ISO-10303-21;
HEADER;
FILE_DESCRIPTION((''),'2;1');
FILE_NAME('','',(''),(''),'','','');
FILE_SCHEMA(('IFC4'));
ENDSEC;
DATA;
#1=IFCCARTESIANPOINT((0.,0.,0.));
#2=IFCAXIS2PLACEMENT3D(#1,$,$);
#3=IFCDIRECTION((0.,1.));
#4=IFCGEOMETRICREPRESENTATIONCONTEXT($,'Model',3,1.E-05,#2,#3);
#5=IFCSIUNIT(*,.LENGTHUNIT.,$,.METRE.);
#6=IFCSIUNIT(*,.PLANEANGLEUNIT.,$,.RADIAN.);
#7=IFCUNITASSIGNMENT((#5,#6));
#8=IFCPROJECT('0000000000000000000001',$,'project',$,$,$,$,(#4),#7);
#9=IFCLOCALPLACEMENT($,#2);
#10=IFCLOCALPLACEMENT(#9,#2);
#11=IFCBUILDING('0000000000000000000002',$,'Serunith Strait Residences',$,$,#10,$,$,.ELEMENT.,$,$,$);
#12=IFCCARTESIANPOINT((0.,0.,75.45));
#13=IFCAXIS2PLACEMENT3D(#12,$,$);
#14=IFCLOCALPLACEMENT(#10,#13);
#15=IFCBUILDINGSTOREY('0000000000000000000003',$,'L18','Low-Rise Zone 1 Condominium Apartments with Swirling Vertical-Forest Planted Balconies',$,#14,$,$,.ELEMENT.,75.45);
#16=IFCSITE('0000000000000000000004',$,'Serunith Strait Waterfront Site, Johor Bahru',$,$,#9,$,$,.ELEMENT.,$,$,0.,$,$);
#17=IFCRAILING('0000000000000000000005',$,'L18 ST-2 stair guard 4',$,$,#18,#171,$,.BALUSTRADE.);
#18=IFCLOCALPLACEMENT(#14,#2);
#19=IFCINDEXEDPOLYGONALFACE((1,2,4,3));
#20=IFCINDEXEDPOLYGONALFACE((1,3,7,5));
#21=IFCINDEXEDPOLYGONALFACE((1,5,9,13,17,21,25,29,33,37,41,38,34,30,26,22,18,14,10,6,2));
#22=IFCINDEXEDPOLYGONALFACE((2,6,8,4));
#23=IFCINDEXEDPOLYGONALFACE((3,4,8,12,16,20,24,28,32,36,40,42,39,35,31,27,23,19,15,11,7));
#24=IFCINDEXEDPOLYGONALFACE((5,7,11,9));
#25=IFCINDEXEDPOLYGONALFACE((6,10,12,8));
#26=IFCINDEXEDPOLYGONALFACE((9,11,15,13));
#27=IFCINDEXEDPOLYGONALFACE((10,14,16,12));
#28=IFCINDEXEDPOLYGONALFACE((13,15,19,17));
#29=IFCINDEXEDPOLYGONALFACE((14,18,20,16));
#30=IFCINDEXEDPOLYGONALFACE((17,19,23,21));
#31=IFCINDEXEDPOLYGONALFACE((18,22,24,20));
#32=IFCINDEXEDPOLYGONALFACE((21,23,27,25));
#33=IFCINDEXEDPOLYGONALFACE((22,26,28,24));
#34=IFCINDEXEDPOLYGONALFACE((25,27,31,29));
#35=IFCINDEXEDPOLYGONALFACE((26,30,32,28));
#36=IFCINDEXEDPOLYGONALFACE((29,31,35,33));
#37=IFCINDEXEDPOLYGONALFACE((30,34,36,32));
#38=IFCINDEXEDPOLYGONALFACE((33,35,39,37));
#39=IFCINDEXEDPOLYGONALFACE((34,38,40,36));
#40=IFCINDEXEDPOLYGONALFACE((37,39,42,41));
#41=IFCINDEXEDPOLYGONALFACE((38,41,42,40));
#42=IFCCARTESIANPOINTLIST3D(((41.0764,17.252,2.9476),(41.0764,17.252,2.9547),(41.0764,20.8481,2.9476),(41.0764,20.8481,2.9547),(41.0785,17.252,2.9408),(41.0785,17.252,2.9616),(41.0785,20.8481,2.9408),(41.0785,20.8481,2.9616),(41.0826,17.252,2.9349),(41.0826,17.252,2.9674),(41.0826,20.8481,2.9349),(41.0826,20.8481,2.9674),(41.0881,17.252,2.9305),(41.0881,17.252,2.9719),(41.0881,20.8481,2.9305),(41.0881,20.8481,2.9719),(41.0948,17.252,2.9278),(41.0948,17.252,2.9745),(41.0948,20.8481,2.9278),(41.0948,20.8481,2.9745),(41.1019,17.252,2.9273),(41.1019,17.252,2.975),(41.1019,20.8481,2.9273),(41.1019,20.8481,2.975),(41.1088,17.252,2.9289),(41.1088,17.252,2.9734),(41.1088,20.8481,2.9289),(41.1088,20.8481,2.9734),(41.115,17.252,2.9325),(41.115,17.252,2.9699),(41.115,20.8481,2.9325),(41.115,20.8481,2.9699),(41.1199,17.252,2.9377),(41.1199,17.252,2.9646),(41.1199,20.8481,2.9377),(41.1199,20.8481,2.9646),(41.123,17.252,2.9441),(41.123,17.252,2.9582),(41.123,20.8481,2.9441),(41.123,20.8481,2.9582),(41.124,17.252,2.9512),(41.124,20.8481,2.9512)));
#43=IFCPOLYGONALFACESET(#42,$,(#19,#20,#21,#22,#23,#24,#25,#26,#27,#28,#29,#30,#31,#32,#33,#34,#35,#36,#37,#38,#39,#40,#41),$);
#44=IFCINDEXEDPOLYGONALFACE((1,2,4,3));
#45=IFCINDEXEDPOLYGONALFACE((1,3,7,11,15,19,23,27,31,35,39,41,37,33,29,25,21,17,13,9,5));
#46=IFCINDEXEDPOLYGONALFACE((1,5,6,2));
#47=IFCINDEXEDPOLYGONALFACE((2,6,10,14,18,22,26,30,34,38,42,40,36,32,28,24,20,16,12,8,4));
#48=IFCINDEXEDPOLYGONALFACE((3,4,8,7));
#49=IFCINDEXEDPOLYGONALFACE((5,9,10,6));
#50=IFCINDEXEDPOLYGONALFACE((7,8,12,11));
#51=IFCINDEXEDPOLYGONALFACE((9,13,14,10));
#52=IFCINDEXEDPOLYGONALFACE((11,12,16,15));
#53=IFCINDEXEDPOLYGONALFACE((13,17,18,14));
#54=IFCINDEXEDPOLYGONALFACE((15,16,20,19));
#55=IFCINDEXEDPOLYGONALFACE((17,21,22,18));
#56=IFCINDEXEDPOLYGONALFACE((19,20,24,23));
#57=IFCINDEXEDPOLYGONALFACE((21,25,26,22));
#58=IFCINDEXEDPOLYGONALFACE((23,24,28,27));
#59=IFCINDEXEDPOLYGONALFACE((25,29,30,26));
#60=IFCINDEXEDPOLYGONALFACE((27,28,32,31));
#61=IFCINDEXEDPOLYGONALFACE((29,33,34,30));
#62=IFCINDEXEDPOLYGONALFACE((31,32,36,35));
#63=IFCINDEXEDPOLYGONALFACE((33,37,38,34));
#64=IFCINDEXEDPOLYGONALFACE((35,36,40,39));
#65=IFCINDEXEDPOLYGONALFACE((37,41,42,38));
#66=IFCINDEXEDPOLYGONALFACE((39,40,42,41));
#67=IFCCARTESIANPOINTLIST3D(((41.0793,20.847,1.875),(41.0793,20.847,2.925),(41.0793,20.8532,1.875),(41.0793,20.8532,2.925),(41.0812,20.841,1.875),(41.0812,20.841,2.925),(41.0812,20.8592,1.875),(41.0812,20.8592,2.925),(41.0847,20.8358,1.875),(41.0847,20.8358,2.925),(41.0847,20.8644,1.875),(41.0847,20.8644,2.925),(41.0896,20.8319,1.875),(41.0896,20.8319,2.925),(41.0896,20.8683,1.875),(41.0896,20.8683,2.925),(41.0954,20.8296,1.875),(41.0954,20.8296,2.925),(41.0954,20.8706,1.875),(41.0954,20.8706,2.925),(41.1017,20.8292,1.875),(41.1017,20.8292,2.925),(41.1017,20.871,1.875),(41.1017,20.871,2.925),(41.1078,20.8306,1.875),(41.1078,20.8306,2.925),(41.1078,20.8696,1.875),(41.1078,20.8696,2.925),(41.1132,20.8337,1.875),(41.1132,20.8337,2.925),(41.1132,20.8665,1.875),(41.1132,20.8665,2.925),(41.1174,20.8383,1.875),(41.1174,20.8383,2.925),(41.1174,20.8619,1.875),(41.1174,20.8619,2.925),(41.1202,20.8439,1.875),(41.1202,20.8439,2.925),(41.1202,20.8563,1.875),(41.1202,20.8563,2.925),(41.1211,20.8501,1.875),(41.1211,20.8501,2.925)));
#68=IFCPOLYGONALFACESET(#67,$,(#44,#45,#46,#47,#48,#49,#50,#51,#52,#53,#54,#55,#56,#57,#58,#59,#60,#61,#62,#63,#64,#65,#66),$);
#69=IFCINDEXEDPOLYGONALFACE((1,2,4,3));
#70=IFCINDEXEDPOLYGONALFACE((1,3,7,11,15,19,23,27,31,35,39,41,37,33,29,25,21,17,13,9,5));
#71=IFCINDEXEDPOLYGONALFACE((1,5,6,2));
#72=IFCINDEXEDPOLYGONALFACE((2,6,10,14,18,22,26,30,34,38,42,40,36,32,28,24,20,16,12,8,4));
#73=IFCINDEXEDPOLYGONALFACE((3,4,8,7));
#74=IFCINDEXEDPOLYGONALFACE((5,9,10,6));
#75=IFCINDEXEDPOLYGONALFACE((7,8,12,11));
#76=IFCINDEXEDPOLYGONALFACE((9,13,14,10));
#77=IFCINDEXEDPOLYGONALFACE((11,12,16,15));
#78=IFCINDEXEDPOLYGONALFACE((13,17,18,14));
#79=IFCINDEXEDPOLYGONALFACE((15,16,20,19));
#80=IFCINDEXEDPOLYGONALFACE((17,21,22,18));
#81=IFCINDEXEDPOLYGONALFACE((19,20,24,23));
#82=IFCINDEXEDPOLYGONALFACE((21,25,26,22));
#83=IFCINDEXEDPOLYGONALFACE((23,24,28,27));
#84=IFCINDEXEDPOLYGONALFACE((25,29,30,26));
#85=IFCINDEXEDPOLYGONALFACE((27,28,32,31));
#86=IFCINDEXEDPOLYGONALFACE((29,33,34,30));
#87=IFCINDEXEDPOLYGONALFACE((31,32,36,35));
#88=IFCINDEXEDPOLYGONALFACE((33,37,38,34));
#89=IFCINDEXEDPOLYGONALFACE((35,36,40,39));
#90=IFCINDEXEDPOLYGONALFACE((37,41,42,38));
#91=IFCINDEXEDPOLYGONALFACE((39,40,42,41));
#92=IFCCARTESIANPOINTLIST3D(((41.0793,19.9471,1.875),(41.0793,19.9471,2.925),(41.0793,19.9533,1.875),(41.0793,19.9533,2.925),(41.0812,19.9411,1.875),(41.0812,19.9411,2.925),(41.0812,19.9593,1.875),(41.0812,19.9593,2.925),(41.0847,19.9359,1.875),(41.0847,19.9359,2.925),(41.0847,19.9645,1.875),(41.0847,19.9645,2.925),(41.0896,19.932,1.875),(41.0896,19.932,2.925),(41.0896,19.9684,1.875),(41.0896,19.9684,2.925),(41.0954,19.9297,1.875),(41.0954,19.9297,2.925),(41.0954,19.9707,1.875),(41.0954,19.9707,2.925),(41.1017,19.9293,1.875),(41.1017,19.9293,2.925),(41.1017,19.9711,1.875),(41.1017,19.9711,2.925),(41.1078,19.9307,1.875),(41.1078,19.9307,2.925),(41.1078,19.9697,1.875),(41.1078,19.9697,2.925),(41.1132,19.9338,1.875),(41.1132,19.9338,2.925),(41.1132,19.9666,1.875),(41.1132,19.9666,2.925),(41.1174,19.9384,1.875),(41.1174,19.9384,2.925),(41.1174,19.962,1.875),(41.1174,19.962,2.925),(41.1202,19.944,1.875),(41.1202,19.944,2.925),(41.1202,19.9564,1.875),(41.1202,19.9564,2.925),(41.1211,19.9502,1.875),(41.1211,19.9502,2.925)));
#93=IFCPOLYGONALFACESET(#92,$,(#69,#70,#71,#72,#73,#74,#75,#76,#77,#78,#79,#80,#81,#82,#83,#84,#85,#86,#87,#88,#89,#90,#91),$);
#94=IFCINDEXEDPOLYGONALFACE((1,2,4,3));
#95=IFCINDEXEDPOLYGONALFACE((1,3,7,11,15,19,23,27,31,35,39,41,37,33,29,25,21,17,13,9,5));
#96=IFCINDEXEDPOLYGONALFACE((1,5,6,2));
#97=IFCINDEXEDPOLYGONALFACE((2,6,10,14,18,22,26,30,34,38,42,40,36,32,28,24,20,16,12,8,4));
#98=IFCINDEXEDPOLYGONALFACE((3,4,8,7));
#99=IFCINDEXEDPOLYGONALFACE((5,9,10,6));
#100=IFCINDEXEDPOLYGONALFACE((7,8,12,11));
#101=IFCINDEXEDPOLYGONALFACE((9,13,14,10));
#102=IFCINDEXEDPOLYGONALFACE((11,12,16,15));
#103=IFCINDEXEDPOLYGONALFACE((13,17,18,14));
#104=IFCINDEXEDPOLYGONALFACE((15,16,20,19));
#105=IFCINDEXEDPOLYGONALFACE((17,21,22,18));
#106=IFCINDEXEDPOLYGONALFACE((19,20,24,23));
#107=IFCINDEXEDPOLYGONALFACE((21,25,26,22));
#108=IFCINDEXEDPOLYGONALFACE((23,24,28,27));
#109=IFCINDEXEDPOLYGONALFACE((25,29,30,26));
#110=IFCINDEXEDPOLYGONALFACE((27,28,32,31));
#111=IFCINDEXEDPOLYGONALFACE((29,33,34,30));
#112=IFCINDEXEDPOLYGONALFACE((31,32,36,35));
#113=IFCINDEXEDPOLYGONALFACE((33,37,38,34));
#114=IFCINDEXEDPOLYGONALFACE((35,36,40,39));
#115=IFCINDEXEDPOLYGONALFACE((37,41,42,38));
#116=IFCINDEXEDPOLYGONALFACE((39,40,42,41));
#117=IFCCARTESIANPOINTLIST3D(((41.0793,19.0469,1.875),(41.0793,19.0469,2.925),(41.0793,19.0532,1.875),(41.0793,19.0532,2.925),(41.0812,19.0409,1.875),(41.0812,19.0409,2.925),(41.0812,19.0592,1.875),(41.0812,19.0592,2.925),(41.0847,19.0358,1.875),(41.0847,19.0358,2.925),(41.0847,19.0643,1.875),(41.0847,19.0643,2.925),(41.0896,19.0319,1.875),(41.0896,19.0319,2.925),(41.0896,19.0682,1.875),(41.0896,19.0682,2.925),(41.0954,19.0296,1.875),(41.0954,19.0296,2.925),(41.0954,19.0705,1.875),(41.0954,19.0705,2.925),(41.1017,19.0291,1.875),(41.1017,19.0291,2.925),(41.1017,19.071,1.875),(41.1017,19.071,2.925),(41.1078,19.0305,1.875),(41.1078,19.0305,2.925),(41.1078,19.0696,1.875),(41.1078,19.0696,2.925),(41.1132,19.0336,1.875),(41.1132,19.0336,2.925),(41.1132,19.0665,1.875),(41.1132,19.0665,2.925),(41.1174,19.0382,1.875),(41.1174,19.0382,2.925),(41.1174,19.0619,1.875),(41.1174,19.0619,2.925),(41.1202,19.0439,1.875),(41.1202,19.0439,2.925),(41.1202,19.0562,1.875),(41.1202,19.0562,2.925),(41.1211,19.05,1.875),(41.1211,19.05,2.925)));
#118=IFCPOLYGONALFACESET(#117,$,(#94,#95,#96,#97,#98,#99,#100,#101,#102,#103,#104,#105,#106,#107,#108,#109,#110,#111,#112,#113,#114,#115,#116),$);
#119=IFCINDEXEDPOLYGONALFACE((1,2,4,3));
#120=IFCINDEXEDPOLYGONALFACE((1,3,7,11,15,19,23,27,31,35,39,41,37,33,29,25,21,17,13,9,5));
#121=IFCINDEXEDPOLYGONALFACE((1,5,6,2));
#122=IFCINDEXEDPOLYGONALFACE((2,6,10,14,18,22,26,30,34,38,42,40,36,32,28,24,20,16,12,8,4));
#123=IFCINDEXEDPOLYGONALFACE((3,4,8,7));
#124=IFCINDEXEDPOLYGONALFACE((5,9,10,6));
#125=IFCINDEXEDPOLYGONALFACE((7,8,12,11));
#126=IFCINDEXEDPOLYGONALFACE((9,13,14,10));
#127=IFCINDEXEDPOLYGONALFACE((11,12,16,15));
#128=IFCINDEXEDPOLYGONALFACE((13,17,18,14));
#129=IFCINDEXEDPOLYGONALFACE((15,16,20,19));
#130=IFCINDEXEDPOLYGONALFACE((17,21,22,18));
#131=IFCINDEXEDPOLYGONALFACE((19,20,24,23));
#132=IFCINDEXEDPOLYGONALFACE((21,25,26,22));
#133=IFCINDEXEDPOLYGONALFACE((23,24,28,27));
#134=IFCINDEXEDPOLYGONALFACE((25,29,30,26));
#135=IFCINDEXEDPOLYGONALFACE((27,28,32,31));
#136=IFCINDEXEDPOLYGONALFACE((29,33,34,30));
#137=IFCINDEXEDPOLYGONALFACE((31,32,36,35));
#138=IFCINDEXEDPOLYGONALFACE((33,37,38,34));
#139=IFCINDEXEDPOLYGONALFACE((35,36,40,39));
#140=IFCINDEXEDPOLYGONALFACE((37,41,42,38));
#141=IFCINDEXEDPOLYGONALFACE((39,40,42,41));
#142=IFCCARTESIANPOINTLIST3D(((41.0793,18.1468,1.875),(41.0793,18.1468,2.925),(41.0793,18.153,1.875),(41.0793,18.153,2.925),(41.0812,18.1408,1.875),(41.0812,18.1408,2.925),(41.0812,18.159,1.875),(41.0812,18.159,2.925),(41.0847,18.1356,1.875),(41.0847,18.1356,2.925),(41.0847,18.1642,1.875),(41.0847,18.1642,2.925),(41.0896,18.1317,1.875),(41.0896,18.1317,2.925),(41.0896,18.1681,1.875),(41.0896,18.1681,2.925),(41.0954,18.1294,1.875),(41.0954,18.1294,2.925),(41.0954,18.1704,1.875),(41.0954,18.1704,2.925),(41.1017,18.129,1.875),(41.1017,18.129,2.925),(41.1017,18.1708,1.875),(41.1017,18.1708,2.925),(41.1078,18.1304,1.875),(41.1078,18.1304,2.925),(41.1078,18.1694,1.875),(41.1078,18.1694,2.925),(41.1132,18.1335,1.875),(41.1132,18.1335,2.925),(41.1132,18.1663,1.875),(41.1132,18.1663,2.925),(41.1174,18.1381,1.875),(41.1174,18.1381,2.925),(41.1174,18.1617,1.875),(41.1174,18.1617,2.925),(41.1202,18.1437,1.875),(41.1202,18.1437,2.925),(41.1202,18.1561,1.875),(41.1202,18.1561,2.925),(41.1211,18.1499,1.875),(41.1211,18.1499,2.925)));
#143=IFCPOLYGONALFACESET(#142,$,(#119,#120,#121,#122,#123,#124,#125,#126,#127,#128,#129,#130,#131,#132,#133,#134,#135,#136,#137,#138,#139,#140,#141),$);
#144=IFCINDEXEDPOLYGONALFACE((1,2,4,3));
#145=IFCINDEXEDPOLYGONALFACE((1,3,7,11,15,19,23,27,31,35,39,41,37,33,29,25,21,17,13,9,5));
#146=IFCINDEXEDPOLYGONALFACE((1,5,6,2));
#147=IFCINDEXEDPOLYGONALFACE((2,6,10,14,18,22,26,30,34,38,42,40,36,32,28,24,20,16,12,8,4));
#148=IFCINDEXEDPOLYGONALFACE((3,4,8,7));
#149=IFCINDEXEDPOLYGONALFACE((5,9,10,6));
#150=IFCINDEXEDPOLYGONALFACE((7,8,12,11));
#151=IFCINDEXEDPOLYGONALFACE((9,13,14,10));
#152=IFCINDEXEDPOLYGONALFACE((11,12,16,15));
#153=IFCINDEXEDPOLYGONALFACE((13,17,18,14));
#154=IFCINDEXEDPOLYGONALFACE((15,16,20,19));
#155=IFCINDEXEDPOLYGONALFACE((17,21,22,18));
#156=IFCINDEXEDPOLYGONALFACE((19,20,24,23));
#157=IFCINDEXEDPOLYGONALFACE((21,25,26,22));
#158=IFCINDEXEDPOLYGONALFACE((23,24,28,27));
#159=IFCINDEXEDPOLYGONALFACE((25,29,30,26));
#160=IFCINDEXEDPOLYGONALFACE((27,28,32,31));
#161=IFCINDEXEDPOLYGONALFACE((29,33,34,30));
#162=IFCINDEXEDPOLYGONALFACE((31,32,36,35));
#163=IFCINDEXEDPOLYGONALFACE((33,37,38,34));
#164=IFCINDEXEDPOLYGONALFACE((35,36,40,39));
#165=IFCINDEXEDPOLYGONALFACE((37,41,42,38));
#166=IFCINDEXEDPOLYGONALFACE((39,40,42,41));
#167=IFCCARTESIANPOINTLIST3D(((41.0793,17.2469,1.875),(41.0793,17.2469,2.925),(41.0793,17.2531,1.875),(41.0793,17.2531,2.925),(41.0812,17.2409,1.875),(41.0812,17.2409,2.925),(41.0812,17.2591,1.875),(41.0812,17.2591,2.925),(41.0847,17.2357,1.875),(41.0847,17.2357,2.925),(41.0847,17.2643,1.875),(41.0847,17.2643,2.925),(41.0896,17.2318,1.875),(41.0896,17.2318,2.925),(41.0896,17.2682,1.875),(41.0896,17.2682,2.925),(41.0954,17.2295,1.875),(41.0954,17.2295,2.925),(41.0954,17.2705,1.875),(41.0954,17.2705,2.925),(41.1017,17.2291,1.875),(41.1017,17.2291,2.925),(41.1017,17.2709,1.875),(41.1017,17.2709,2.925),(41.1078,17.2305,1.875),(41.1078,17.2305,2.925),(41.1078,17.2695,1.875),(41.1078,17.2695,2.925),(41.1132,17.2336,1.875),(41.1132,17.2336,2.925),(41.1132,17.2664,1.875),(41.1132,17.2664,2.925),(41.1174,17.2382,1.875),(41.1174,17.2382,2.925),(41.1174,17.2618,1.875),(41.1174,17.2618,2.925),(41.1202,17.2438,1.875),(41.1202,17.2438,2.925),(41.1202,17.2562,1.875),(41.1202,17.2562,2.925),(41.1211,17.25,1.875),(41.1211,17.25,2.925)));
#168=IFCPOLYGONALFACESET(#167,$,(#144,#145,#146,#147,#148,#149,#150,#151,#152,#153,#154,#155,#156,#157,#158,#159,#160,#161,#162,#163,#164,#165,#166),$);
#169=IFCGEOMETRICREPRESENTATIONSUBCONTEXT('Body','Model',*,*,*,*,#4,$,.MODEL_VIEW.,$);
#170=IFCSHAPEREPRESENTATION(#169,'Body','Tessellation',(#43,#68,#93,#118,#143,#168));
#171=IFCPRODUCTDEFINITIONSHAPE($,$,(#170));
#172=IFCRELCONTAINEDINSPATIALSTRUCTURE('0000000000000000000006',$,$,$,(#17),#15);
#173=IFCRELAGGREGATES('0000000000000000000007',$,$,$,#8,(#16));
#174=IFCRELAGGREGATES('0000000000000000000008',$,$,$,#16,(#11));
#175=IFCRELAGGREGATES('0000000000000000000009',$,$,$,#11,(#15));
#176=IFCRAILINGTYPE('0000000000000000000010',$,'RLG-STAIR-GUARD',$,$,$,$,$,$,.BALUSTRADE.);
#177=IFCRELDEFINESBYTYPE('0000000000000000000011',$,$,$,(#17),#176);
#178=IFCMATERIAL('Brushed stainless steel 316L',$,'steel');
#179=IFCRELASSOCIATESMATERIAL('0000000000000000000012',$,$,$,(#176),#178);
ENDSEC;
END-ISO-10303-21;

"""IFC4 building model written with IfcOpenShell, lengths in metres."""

from ifc_helpers import new_model, si_unit, direction, frame, origin, origin_2d, place, context, subcontext, project, spatial, circle, extrude, material, type_object, element, save


model = new_model("IFC4")

# Units and contexts
model_context = context("Model", 3, precision=1e-05, world=origin(), true_north=direction((0.0, 1.0)))
body_context = subcontext(model_context, "Body", "Model", "MODEL_VIEW")
ifc_project = project(units=[si_unit("LENGTHUNIT", "METRE"), si_unit("PLANEANGLEUNIT", "RADIAN")], contexts=[model_context])

# Site, building, storey
site_placement = place(None, origin())
site = spatial("IfcSite", under=ifc_project, at=site_placement, Name="Serunith Strait Waterfront Site, Johor Bahru", CompositionType="ELEMENT", RefElevation=0.0)
building_placement = place(site_placement, origin())
building = spatial("IfcBuilding", under=site, at=building_placement, Name="Serunith Strait Residences", CompositionType="ELEMENT")
storey_placement = place(building_placement, frame((0.0, 0.0, 75.45)))
storey = spatial("IfcBuildingStorey", under=building, at=storey_placement, Name="L18", Description="Low-Rise Zone 1 Condominium Apartments with Swirling Vertical-Forest Planted Balconies", CompositionType="ELEMENT", Elevation=75.45)

# Railing
ifc_material_1 = material(Name="Brushed stainless steel 316L", Category="steel")
railing_type_1 = type_object("IfcRailingType", Name="RLG-STAIR-GUARD", PredefinedType="BALUSTRADE", material=ifc_material_1)
for number, where, name in (
    (1, (41.1001, 20.8501, 1.875), "L18 ST-2 stair guard 4"),
):
    element("IfcRailing", number, at=place(storey_placement, frame(where)), inside=storey, type_object=railing_type_1, Name=name, PredefinedType="BALUSTRADE", context=body_context, shape_type="SweptSolid", body=[
        extrude(circle(Radius=0.0239, at=origin_2d()), frame((0.0, -0.002, 1.0762), z_axis=(0.0, -1.0, 0.0), x_axis=(1.0, 0.0, 0.0)), (0.0, 0.0, 1.0), 3.5962),
        extrude(circle(Radius=0.021, at=origin_2d()), origin(), (0.0, 0.0, 1.0), 1.05),
        extrude(circle(Radius=0.021, at=origin_2d()), frame((0.0, -0.8999, 0.0)), (0.0, 0.0, 1.0), 1.05),
        extrude(circle(Radius=0.021, at=origin_2d()), frame((0.0, -1.8, 0.0)), (0.0, 0.0, 1.0), 1.05),
        extrude(circle(Radius=0.021, at=origin_2d()), frame((0.0, -2.7002, 0.0)), (0.0, 0.0, 1.0), 1.05),
        extrude(circle(Radius=0.021, at=origin_2d()), frame((0.0, -3.6001, 0.0)), (0.0, 0.0, 1.0), 1.05),
    ])

save(model, "model.ifc")
